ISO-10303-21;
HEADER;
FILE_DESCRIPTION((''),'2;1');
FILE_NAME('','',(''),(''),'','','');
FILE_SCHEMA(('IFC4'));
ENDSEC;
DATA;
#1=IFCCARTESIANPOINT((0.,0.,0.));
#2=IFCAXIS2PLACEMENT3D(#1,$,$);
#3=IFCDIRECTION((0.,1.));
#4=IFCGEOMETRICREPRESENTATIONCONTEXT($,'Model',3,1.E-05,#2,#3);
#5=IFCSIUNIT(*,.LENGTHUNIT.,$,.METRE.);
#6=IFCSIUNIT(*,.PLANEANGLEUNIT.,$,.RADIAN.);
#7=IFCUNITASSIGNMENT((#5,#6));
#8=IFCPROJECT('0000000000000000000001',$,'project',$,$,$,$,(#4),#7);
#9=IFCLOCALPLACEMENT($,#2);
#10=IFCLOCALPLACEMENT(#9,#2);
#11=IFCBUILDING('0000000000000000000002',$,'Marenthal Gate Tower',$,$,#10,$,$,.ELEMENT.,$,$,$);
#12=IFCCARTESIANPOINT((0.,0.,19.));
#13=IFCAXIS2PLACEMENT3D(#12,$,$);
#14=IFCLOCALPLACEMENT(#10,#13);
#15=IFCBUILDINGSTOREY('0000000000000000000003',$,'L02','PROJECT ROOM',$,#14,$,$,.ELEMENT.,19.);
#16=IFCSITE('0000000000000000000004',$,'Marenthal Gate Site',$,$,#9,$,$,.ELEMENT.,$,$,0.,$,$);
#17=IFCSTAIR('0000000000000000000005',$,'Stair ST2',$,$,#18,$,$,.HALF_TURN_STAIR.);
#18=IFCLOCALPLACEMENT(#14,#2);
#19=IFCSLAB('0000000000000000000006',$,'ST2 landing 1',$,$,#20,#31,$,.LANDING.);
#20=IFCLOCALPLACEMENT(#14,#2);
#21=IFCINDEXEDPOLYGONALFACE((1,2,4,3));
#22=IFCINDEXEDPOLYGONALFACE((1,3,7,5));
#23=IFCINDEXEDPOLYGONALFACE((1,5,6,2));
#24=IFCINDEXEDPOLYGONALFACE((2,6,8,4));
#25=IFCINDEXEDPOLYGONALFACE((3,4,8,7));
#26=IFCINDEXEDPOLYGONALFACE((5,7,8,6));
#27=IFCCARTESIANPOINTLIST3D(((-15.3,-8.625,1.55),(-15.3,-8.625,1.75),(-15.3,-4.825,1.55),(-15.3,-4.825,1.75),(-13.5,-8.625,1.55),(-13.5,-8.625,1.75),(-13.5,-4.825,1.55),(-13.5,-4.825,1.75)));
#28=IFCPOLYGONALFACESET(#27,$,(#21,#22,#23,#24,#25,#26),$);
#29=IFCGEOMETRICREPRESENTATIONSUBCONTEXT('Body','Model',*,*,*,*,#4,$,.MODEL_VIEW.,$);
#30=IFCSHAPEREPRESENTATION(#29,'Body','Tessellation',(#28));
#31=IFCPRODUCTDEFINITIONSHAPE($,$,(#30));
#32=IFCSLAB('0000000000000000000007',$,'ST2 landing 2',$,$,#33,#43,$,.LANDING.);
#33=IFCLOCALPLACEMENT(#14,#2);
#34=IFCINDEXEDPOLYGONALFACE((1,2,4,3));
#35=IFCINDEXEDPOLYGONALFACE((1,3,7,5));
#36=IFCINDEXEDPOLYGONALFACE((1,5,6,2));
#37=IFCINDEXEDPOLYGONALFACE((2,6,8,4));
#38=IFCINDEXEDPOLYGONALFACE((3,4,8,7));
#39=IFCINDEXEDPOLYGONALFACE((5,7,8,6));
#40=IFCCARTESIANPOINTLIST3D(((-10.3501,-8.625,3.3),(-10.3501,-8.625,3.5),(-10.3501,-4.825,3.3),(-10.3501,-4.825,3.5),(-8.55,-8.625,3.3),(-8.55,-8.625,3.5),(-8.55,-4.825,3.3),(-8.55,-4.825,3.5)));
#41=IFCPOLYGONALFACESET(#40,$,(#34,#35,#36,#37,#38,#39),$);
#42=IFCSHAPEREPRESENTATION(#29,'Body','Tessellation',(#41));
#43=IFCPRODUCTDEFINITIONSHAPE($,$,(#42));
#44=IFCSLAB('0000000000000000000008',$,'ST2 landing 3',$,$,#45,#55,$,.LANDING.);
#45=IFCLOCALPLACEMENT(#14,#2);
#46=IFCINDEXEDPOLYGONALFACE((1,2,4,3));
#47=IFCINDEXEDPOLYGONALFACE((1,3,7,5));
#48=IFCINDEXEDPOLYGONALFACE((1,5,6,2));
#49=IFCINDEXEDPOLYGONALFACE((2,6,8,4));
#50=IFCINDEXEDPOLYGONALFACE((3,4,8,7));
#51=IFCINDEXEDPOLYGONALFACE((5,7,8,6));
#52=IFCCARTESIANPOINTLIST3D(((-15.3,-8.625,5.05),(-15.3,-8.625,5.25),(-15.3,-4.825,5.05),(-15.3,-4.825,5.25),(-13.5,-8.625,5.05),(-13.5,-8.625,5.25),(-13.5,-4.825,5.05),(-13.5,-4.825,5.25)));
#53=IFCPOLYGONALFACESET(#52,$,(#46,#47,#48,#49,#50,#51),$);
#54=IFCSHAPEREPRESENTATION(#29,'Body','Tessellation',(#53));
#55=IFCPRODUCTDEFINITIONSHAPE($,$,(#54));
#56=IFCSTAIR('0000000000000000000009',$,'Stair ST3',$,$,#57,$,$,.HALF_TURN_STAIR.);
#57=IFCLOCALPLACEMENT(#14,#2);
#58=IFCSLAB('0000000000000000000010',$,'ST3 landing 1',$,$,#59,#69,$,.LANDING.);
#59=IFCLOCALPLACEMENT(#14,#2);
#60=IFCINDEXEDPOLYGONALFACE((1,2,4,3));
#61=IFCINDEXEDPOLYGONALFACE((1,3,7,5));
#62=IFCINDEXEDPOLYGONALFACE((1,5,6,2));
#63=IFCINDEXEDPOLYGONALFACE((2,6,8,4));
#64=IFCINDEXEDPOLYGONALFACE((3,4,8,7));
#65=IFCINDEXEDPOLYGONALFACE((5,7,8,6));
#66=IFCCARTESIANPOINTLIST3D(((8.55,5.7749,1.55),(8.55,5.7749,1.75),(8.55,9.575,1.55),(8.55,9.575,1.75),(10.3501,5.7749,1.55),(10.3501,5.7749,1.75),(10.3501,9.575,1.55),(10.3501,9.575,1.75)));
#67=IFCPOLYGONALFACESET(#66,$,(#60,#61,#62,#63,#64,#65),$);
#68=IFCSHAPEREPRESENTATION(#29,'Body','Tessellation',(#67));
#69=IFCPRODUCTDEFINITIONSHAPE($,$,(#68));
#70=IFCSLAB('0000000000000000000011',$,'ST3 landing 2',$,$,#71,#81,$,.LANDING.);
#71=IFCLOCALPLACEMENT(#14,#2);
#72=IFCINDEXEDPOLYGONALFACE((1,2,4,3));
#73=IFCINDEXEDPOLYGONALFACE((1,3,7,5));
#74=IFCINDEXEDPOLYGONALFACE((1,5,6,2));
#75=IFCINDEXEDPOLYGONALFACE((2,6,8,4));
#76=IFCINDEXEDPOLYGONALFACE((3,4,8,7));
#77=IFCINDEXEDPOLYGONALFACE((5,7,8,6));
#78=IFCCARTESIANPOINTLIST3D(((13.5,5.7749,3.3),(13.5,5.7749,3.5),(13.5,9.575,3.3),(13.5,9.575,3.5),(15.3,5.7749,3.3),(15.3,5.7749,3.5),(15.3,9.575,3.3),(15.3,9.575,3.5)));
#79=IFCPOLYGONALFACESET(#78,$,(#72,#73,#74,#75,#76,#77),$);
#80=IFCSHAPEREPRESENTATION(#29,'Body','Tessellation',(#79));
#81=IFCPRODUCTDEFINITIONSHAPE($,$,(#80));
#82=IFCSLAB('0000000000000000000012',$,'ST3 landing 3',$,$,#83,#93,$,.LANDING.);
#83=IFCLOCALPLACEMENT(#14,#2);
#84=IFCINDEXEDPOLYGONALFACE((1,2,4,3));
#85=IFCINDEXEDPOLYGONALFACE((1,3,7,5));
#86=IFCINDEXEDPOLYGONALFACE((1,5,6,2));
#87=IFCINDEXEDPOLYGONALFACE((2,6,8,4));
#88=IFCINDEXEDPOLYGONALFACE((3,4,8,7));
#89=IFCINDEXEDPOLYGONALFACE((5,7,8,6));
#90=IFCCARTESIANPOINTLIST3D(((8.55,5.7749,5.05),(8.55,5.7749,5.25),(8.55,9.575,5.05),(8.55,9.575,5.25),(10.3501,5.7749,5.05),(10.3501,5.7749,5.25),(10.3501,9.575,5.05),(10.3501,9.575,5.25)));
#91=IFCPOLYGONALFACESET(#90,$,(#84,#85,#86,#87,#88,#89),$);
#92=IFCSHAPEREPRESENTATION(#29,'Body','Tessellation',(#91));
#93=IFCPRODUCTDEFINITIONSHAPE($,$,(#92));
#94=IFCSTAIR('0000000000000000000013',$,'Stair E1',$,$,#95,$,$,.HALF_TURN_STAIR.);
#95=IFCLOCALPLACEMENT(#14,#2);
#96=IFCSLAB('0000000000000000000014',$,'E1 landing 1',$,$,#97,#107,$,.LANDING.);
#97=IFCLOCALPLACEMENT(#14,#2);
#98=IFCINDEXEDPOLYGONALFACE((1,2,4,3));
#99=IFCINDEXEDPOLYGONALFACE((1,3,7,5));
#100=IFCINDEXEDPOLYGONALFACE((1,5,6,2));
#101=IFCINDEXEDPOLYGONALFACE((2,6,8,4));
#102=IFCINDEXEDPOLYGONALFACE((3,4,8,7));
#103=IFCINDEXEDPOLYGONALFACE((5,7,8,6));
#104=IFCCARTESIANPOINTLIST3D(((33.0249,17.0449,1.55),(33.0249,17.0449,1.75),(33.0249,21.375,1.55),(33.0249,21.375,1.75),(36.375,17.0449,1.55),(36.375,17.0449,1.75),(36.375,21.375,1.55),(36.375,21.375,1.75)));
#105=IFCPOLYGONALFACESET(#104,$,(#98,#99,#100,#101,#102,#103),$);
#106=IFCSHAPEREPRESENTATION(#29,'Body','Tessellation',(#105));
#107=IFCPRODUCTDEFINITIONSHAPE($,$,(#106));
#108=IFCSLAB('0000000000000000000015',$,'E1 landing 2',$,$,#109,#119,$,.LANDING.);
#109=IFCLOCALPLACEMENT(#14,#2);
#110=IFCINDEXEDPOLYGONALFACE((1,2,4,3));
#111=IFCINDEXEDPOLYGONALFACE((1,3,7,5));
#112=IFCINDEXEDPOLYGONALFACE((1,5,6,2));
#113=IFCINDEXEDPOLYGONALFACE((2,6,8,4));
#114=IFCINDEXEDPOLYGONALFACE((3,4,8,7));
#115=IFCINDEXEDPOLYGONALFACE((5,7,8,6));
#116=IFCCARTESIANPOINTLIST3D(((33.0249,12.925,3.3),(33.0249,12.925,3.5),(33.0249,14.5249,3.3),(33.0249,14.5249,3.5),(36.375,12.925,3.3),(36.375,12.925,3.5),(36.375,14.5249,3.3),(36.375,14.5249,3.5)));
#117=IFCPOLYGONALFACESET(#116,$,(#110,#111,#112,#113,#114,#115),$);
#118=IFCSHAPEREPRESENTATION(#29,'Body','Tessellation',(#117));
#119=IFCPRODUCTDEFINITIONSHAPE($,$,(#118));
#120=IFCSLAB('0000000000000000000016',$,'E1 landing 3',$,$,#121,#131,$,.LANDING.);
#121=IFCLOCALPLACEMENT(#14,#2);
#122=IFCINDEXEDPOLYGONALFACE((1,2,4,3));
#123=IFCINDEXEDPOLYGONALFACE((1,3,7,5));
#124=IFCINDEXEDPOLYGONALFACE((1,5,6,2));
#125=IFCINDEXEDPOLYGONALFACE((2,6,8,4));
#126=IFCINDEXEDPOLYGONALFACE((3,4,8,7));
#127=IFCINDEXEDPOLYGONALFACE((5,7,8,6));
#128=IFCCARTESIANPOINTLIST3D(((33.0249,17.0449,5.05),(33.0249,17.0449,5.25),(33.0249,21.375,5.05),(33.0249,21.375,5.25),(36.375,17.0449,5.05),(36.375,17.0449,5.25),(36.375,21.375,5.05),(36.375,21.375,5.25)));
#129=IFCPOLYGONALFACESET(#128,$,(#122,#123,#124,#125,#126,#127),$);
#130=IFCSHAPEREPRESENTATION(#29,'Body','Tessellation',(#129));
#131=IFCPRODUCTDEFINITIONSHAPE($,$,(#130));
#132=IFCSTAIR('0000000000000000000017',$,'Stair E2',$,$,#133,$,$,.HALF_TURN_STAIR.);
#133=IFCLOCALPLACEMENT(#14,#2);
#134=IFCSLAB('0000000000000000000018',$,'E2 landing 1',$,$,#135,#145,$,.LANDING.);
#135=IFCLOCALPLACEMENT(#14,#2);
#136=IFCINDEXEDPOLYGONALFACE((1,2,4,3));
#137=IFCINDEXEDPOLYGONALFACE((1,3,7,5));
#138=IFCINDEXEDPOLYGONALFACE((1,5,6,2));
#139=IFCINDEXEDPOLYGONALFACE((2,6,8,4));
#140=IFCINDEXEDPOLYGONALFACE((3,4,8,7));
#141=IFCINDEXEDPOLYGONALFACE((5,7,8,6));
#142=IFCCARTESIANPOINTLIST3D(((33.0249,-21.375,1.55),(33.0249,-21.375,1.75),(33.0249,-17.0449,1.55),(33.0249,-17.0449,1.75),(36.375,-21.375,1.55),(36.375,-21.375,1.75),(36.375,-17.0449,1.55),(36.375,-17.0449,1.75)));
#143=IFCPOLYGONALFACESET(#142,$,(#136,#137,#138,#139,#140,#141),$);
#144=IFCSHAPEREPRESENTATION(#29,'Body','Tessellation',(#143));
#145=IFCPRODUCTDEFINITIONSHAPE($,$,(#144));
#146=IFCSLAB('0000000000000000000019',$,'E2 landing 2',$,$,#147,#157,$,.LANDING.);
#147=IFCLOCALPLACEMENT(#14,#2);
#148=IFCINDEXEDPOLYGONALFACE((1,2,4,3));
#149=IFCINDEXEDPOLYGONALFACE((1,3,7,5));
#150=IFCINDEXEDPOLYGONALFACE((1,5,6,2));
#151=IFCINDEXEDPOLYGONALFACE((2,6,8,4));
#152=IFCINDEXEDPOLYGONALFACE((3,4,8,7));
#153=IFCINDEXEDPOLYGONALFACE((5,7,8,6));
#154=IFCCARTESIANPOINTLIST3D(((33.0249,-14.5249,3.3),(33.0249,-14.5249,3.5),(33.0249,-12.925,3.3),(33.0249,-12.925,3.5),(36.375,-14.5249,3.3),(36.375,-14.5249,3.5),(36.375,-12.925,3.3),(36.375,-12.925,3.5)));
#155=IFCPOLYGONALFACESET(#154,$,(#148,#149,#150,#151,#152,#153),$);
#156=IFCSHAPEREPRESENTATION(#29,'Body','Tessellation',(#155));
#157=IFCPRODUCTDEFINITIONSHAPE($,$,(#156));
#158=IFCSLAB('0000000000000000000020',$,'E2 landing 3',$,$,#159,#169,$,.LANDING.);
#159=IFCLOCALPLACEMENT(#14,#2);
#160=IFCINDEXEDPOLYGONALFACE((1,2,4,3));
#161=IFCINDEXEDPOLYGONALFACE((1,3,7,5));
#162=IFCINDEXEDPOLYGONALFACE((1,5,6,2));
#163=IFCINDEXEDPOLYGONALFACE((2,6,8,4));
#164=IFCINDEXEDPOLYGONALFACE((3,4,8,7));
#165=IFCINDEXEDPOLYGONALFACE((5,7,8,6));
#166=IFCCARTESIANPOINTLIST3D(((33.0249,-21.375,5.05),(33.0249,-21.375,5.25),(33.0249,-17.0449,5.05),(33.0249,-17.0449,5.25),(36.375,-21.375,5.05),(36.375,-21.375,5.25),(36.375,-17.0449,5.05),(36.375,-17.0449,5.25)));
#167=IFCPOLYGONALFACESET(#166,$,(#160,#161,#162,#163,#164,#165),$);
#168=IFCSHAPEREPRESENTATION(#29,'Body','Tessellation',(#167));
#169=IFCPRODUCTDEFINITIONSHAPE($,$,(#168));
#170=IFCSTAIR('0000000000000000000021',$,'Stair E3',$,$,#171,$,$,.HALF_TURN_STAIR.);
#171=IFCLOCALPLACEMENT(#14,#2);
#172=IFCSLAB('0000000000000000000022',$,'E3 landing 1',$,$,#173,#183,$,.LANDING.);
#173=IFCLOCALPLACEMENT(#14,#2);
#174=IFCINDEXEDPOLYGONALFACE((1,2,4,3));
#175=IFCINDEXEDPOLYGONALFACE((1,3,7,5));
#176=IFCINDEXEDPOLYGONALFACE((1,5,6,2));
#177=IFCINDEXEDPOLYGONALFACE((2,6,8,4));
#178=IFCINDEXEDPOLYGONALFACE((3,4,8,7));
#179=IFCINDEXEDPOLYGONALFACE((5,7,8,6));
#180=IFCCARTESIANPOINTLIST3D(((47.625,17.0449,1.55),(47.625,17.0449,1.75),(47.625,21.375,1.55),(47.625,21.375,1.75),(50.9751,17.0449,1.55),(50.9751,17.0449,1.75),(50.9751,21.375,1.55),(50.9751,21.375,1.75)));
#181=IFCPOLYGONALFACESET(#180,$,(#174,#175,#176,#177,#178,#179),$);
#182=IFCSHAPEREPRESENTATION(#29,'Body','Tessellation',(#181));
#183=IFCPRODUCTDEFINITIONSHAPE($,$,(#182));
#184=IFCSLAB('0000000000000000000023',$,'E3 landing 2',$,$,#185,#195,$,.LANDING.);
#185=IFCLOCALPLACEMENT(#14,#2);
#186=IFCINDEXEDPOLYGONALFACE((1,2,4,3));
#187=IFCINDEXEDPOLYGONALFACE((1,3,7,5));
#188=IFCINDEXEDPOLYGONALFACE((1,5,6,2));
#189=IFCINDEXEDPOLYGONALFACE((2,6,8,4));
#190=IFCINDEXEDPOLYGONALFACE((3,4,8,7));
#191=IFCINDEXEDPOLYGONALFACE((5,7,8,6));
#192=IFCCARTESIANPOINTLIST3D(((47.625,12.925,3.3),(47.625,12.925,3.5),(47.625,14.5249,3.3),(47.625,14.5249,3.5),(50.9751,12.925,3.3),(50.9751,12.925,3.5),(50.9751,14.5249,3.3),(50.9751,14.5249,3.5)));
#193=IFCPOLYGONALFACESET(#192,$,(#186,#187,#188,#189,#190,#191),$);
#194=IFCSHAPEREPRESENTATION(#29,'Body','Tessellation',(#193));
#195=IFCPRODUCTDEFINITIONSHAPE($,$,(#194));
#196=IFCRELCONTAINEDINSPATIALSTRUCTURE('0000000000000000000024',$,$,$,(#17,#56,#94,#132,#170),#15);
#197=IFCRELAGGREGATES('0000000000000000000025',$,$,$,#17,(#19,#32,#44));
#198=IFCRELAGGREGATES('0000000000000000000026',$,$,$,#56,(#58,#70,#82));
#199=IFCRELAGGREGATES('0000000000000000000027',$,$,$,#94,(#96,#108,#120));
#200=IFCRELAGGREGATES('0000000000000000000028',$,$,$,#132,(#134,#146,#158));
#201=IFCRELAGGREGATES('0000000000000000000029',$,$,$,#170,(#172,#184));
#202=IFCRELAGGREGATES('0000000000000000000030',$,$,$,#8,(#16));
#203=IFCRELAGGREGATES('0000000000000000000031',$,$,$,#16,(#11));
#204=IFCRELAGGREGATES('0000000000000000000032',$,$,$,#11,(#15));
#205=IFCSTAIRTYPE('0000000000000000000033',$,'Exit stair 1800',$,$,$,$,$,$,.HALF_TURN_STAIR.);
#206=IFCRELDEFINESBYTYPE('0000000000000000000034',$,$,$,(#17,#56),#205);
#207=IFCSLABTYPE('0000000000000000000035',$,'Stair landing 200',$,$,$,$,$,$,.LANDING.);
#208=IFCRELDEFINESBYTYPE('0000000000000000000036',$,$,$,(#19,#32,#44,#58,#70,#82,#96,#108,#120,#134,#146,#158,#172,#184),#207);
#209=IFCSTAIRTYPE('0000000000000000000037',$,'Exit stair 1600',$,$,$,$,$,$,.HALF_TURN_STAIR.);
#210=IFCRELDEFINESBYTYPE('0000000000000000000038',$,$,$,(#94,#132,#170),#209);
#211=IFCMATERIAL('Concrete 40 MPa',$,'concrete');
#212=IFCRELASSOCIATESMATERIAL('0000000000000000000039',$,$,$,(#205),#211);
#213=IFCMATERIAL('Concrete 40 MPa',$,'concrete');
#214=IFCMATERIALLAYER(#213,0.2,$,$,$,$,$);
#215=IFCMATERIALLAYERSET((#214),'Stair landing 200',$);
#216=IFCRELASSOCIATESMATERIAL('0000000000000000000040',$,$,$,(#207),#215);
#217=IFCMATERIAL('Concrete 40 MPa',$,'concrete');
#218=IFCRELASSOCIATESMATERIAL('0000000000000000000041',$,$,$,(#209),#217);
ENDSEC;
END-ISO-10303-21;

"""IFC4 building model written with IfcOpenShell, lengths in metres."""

from ifc_helpers import new_model, si_unit, direction, frame, origin, place, context, subcontext, project, spatial, polyline, outline, extrude, material, layer, layer_set, type_object, element, aggregate, save


model = new_model("IFC4")

# Units and contexts
model_context = context("Model", 3, precision=1e-05, world=origin(), true_north=direction((0.0, 1.0)))
body_context = subcontext(model_context, "Body", "Model", "MODEL_VIEW")
ifc_project = project(units=[si_unit("LENGTHUNIT", "METRE"), si_unit("PLANEANGLEUNIT", "RADIAN")], contexts=[model_context])

# Site, building, storey
site_placement = place(None, origin())
site = spatial("IfcSite", under=ifc_project, at=site_placement, Name="Marenthal Gate Site", CompositionType="ELEMENT", RefElevation=0.0)
building_placement = place(site_placement, origin())
building = spatial("IfcBuilding", under=site, at=building_placement, Name="Marenthal Gate Tower", CompositionType="ELEMENT")
storey_placement = place(building_placement, frame((0.0, 0.0, 19.0)))
storey = spatial("IfcBuildingStorey", under=building, at=storey_placement, Name="L02", Description="PROJECT ROOM", CompositionType="ELEMENT", Elevation=19.0)

# Stairs, slabs
ifc_material_1 = material(Name="Concrete 40 MPa", Category="concrete")
stair_type_1 = type_object("IfcStairType", Name="Exit stair 1800", PredefinedType="HALF_TURN_STAIR", material=ifc_material_1)
ifc_material_2 = material(Name="Concrete 40 MPa", Category="concrete")
ifc_layer_1 = layer(ifc_material_2, 0.2)
ifc_layer_set_1 = layer_set([ifc_layer_1], Name="Stair landing 200")
slab_type_1 = type_object("IfcSlabType", Name="Stair landing 200", PredefinedType="LANDING", material=ifc_layer_set_1)
stair_1_placement = place(storey_placement, origin())
stair_1 = element("IfcStair", 1, at=stair_1_placement, inside=storey, type_object=stair_type_1, Name="Stair ST2", PredefinedType="HALF_TURN_STAIR")
slab_1_placement = place(storey_placement, frame((0.0, 0.0, 1.55)))
slab_1 = element("IfcSlab", 2, at=slab_1_placement, type_object=slab_type_1, Name="ST2 landing 1", PredefinedType="LANDING", context=body_context, shape_type="SweptSolid", body=[
    extrude(outline(polyline([(-15.3, -8.625), (-13.5, -8.625), (-13.5, -4.825), (-15.3, -4.825), (-15.3, -8.625)])), origin(), (0.0, 0.0, 1.0), 0.2),
])
slab_2_placement = place(storey_placement, frame((0.0, 0.0, 3.3)))
slab_2 = element("IfcSlab", 3, at=slab_2_placement, type_object=slab_type_1, Name="ST2 landing 2", PredefinedType="LANDING", context=body_context, shape_type="SweptSolid", body=[
    extrude(outline(polyline([(-10.3501, -8.625), (-8.55, -8.625), (-8.55, -4.825), (-10.3501, -4.825), (-10.3501, -8.625)])), origin(), (0.0, 0.0, 1.0), 0.2),
])
slab_3_placement = place(storey_placement, frame((0.0, 0.0, 5.05)))
slab_3 = element("IfcSlab", 4, at=slab_3_placement, type_object=slab_type_1, Name="ST2 landing 3", PredefinedType="LANDING", context=body_context, shape_type="SweptSolid", body=[
    extrude(outline(polyline([(-15.3, -8.625), (-13.5, -8.625), (-13.5, -4.825), (-15.3, -4.825), (-15.3, -8.625)])), origin(), (0.0, 0.0, 1.0), 0.2),
])
aggregate(stair_1, [slab_1, slab_2, slab_3])
stair_2_placement = place(storey_placement, origin())
stair_2 = element("IfcStair", 5, at=stair_2_placement, inside=storey, type_object=stair_type_1, Name="Stair ST3", PredefinedType="HALF_TURN_STAIR")
slab_4_placement = place(storey_placement, frame((0.0, 0.0, 1.55)))
slab_4 = element("IfcSlab", 6, at=slab_4_placement, type_object=slab_type_1, Name="ST3 landing 1", PredefinedType="LANDING", context=body_context, shape_type="SweptSolid", body=[
    extrude(outline(polyline([(8.55, 5.7749), (10.3501, 5.7749), (10.3501, 9.575), (8.55, 9.575), (8.55, 5.7749)])), origin(), (0.0, 0.0, 1.0), 0.2),
])
slab_5_placement = place(storey_placement, frame((0.0, 0.0, 3.3)))
slab_5 = element("IfcSlab", 7, at=slab_5_placement, type_object=slab_type_1, Name="ST3 landing 2", PredefinedType="LANDING", context=body_context, shape_type="SweptSolid", body=[
    extrude(outline(polyline([(13.5, 5.7749), (15.3, 5.7749), (15.3, 9.575), (13.5, 9.575), (13.5, 5.7749)])), origin(), (0.0, 0.0, 1.0), 0.2),
])
slab_6_placement = place(storey_placement, frame((0.0, 0.0, 5.05)))
slab_6 = element("IfcSlab", 8, at=slab_6_placement, type_object=slab_type_1, Name="ST3 landing 3", PredefinedType="LANDING", context=body_context, shape_type="SweptSolid", body=[
    extrude(outline(polyline([(8.55, 5.7749), (10.3501, 5.7749), (10.3501, 9.575), (8.55, 9.575), (8.55, 5.7749)])), origin(), (0.0, 0.0, 1.0), 0.2),
])
aggregate(stair_2, [slab_4, slab_5, slab_6])
ifc_material_3 = material(Name="Concrete 40 MPa", Category="concrete")
stair_type_2 = type_object("IfcStairType", Name="Exit stair 1600", PredefinedType="HALF_TURN_STAIR", material=ifc_material_3)
stair_3_placement = place(storey_placement, origin())
stair_3 = element("IfcStair", 9, at=stair_3_placement, inside=storey, type_object=stair_type_2, Name="Stair E1", PredefinedType="HALF_TURN_STAIR")
slab_7_placement = place(storey_placement, frame((0.0, 0.0, 1.55)))
slab_7 = element("IfcSlab", 10, at=slab_7_placement, type_object=slab_type_1, Name="E1 landing 1", PredefinedType="LANDING", context=body_context, shape_type="SweptSolid", body=[
    extrude(outline(polyline([(33.0249, 17.0449), (33.0249, 21.375), (36.375, 21.375), (36.375, 17.0449), (33.0249, 17.0449)])), origin(), (0.0, 0.0, 1.0), 0.2),
])
slab_8_placement = place(storey_placement, frame((0.0, 0.0, 3.3)))
slab_8 = element("IfcSlab", 11, at=slab_8_placement, type_object=slab_type_1, Name="E1 landing 2", PredefinedType="LANDING", context=body_context, shape_type="SweptSolid", body=[
    extrude(outline(polyline([(33.0249, 12.925), (33.0249, 14.5249), (36.375, 14.5249), (36.375, 12.925), (33.0249, 12.925)])), origin(), (0.0, 0.0, 1.0), 0.2),
])
slab_9_placement = place(storey_placement, frame((0.0, 0.0, 5.05)))
slab_9 = element("IfcSlab", 12, at=slab_9_placement, type_object=slab_type_1, Name="E1 landing 3", PredefinedType="LANDING", context=body_context, shape_type="SweptSolid", body=[
    extrude(outline(polyline([(33.0249, 17.0449), (33.0249, 21.375), (36.375, 21.375), (36.375, 17.0449), (33.0249, 17.0449)])), origin(), (0.0, 0.0, 1.0), 0.2),
])
aggregate(stair_3, [slab_7, slab_8, slab_9])
stair_4_placement = place(storey_placement, origin())
stair_4 = element("IfcStair", 13, at=stair_4_placement, inside=storey, type_object=stair_type_2, Name="Stair E2", PredefinedType="HALF_TURN_STAIR")
slab_10_placement = place(storey_placement, frame((0.0, 0.0, 1.55)))
slab_10 = element("IfcSlab", 14, at=slab_10_placement, type_object=slab_type_1, Name="E2 landing 1", PredefinedType="LANDING", context=body_context, shape_type="SweptSolid", body=[
    extrude(outline(polyline([(36.375, -17.0449), (36.375, -21.375), (33.0249, -21.375), (33.0249, -17.0449), (36.375, -17.0449)])), origin(), (0.0, 0.0, 1.0), 0.2),
])
slab_11_placement = place(storey_placement, frame((0.0, 0.0, 3.3)))
slab_11 = element("IfcSlab", 15, at=slab_11_placement, type_object=slab_type_1, Name="E2 landing 2", PredefinedType="LANDING", context=body_context, shape_type="SweptSolid", body=[
    extrude(outline(polyline([(36.375, -12.925), (36.375, -14.5249), (33.0249, -14.5249), (33.0249, -12.925), (36.375, -12.925)])), origin(), (0.0, 0.0, 1.0), 0.2),
])
slab_12_placement = place(storey_placement, frame((0.0, 0.0, 5.05)))
slab_12 = element("IfcSlab", 16, at=slab_12_placement, type_object=slab_type_1, Name="E2 landing 3", PredefinedType="LANDING", context=body_context, shape_type="SweptSolid", body=[
    extrude(outline(polyline([(36.375, -17.0449), (36.375, -21.375), (33.0249, -21.375), (33.0249, -17.0449), (36.375, -17.0449)])), origin(), (0.0, 0.0, 1.0), 0.2),
])
aggregate(stair_4, [slab_10, slab_11, slab_12])
stair_5_placement = place(storey_placement, origin())
stair_5 = element("IfcStair", 17, at=stair_5_placement, inside=storey, type_object=stair_type_2, Name="Stair E3", PredefinedType="HALF_TURN_STAIR")
slab_13_placement = place(storey_placement, frame((0.0, 0.0, 1.55)))
slab_13 = element("IfcSlab", 18, at=slab_13_placement, type_object=slab_type_1, Name="E3 landing 1", PredefinedType="LANDING", context=body_context, shape_type="SweptSolid", body=[
    extrude(outline(polyline([(47.625, 17.0449), (47.625, 21.375), (50.9751, 21.375), (50.9751, 17.0449), (47.625, 17.0449)])), origin(), (0.0, 0.0, 1.0), 0.2),
])
slab_14_placement = place(storey_placement, frame((0.0, 0.0, 3.3)))
slab_14 = element("IfcSlab", 19, at=slab_14_placement, type_object=slab_type_1, Name="E3 landing 2", PredefinedType="LANDING", context=body_context, shape_type="SweptSolid", body=[
    extrude(outline(polyline([(47.625, 12.925), (47.625, 14.5249), (50.9751, 14.5249), (50.9751, 12.925), (47.625, 12.925)])), origin(), (0.0, 0.0, 1.0), 0.2),
])
aggregate(stair_5, [slab_13, slab_14])

save(model, "model.ifc")
